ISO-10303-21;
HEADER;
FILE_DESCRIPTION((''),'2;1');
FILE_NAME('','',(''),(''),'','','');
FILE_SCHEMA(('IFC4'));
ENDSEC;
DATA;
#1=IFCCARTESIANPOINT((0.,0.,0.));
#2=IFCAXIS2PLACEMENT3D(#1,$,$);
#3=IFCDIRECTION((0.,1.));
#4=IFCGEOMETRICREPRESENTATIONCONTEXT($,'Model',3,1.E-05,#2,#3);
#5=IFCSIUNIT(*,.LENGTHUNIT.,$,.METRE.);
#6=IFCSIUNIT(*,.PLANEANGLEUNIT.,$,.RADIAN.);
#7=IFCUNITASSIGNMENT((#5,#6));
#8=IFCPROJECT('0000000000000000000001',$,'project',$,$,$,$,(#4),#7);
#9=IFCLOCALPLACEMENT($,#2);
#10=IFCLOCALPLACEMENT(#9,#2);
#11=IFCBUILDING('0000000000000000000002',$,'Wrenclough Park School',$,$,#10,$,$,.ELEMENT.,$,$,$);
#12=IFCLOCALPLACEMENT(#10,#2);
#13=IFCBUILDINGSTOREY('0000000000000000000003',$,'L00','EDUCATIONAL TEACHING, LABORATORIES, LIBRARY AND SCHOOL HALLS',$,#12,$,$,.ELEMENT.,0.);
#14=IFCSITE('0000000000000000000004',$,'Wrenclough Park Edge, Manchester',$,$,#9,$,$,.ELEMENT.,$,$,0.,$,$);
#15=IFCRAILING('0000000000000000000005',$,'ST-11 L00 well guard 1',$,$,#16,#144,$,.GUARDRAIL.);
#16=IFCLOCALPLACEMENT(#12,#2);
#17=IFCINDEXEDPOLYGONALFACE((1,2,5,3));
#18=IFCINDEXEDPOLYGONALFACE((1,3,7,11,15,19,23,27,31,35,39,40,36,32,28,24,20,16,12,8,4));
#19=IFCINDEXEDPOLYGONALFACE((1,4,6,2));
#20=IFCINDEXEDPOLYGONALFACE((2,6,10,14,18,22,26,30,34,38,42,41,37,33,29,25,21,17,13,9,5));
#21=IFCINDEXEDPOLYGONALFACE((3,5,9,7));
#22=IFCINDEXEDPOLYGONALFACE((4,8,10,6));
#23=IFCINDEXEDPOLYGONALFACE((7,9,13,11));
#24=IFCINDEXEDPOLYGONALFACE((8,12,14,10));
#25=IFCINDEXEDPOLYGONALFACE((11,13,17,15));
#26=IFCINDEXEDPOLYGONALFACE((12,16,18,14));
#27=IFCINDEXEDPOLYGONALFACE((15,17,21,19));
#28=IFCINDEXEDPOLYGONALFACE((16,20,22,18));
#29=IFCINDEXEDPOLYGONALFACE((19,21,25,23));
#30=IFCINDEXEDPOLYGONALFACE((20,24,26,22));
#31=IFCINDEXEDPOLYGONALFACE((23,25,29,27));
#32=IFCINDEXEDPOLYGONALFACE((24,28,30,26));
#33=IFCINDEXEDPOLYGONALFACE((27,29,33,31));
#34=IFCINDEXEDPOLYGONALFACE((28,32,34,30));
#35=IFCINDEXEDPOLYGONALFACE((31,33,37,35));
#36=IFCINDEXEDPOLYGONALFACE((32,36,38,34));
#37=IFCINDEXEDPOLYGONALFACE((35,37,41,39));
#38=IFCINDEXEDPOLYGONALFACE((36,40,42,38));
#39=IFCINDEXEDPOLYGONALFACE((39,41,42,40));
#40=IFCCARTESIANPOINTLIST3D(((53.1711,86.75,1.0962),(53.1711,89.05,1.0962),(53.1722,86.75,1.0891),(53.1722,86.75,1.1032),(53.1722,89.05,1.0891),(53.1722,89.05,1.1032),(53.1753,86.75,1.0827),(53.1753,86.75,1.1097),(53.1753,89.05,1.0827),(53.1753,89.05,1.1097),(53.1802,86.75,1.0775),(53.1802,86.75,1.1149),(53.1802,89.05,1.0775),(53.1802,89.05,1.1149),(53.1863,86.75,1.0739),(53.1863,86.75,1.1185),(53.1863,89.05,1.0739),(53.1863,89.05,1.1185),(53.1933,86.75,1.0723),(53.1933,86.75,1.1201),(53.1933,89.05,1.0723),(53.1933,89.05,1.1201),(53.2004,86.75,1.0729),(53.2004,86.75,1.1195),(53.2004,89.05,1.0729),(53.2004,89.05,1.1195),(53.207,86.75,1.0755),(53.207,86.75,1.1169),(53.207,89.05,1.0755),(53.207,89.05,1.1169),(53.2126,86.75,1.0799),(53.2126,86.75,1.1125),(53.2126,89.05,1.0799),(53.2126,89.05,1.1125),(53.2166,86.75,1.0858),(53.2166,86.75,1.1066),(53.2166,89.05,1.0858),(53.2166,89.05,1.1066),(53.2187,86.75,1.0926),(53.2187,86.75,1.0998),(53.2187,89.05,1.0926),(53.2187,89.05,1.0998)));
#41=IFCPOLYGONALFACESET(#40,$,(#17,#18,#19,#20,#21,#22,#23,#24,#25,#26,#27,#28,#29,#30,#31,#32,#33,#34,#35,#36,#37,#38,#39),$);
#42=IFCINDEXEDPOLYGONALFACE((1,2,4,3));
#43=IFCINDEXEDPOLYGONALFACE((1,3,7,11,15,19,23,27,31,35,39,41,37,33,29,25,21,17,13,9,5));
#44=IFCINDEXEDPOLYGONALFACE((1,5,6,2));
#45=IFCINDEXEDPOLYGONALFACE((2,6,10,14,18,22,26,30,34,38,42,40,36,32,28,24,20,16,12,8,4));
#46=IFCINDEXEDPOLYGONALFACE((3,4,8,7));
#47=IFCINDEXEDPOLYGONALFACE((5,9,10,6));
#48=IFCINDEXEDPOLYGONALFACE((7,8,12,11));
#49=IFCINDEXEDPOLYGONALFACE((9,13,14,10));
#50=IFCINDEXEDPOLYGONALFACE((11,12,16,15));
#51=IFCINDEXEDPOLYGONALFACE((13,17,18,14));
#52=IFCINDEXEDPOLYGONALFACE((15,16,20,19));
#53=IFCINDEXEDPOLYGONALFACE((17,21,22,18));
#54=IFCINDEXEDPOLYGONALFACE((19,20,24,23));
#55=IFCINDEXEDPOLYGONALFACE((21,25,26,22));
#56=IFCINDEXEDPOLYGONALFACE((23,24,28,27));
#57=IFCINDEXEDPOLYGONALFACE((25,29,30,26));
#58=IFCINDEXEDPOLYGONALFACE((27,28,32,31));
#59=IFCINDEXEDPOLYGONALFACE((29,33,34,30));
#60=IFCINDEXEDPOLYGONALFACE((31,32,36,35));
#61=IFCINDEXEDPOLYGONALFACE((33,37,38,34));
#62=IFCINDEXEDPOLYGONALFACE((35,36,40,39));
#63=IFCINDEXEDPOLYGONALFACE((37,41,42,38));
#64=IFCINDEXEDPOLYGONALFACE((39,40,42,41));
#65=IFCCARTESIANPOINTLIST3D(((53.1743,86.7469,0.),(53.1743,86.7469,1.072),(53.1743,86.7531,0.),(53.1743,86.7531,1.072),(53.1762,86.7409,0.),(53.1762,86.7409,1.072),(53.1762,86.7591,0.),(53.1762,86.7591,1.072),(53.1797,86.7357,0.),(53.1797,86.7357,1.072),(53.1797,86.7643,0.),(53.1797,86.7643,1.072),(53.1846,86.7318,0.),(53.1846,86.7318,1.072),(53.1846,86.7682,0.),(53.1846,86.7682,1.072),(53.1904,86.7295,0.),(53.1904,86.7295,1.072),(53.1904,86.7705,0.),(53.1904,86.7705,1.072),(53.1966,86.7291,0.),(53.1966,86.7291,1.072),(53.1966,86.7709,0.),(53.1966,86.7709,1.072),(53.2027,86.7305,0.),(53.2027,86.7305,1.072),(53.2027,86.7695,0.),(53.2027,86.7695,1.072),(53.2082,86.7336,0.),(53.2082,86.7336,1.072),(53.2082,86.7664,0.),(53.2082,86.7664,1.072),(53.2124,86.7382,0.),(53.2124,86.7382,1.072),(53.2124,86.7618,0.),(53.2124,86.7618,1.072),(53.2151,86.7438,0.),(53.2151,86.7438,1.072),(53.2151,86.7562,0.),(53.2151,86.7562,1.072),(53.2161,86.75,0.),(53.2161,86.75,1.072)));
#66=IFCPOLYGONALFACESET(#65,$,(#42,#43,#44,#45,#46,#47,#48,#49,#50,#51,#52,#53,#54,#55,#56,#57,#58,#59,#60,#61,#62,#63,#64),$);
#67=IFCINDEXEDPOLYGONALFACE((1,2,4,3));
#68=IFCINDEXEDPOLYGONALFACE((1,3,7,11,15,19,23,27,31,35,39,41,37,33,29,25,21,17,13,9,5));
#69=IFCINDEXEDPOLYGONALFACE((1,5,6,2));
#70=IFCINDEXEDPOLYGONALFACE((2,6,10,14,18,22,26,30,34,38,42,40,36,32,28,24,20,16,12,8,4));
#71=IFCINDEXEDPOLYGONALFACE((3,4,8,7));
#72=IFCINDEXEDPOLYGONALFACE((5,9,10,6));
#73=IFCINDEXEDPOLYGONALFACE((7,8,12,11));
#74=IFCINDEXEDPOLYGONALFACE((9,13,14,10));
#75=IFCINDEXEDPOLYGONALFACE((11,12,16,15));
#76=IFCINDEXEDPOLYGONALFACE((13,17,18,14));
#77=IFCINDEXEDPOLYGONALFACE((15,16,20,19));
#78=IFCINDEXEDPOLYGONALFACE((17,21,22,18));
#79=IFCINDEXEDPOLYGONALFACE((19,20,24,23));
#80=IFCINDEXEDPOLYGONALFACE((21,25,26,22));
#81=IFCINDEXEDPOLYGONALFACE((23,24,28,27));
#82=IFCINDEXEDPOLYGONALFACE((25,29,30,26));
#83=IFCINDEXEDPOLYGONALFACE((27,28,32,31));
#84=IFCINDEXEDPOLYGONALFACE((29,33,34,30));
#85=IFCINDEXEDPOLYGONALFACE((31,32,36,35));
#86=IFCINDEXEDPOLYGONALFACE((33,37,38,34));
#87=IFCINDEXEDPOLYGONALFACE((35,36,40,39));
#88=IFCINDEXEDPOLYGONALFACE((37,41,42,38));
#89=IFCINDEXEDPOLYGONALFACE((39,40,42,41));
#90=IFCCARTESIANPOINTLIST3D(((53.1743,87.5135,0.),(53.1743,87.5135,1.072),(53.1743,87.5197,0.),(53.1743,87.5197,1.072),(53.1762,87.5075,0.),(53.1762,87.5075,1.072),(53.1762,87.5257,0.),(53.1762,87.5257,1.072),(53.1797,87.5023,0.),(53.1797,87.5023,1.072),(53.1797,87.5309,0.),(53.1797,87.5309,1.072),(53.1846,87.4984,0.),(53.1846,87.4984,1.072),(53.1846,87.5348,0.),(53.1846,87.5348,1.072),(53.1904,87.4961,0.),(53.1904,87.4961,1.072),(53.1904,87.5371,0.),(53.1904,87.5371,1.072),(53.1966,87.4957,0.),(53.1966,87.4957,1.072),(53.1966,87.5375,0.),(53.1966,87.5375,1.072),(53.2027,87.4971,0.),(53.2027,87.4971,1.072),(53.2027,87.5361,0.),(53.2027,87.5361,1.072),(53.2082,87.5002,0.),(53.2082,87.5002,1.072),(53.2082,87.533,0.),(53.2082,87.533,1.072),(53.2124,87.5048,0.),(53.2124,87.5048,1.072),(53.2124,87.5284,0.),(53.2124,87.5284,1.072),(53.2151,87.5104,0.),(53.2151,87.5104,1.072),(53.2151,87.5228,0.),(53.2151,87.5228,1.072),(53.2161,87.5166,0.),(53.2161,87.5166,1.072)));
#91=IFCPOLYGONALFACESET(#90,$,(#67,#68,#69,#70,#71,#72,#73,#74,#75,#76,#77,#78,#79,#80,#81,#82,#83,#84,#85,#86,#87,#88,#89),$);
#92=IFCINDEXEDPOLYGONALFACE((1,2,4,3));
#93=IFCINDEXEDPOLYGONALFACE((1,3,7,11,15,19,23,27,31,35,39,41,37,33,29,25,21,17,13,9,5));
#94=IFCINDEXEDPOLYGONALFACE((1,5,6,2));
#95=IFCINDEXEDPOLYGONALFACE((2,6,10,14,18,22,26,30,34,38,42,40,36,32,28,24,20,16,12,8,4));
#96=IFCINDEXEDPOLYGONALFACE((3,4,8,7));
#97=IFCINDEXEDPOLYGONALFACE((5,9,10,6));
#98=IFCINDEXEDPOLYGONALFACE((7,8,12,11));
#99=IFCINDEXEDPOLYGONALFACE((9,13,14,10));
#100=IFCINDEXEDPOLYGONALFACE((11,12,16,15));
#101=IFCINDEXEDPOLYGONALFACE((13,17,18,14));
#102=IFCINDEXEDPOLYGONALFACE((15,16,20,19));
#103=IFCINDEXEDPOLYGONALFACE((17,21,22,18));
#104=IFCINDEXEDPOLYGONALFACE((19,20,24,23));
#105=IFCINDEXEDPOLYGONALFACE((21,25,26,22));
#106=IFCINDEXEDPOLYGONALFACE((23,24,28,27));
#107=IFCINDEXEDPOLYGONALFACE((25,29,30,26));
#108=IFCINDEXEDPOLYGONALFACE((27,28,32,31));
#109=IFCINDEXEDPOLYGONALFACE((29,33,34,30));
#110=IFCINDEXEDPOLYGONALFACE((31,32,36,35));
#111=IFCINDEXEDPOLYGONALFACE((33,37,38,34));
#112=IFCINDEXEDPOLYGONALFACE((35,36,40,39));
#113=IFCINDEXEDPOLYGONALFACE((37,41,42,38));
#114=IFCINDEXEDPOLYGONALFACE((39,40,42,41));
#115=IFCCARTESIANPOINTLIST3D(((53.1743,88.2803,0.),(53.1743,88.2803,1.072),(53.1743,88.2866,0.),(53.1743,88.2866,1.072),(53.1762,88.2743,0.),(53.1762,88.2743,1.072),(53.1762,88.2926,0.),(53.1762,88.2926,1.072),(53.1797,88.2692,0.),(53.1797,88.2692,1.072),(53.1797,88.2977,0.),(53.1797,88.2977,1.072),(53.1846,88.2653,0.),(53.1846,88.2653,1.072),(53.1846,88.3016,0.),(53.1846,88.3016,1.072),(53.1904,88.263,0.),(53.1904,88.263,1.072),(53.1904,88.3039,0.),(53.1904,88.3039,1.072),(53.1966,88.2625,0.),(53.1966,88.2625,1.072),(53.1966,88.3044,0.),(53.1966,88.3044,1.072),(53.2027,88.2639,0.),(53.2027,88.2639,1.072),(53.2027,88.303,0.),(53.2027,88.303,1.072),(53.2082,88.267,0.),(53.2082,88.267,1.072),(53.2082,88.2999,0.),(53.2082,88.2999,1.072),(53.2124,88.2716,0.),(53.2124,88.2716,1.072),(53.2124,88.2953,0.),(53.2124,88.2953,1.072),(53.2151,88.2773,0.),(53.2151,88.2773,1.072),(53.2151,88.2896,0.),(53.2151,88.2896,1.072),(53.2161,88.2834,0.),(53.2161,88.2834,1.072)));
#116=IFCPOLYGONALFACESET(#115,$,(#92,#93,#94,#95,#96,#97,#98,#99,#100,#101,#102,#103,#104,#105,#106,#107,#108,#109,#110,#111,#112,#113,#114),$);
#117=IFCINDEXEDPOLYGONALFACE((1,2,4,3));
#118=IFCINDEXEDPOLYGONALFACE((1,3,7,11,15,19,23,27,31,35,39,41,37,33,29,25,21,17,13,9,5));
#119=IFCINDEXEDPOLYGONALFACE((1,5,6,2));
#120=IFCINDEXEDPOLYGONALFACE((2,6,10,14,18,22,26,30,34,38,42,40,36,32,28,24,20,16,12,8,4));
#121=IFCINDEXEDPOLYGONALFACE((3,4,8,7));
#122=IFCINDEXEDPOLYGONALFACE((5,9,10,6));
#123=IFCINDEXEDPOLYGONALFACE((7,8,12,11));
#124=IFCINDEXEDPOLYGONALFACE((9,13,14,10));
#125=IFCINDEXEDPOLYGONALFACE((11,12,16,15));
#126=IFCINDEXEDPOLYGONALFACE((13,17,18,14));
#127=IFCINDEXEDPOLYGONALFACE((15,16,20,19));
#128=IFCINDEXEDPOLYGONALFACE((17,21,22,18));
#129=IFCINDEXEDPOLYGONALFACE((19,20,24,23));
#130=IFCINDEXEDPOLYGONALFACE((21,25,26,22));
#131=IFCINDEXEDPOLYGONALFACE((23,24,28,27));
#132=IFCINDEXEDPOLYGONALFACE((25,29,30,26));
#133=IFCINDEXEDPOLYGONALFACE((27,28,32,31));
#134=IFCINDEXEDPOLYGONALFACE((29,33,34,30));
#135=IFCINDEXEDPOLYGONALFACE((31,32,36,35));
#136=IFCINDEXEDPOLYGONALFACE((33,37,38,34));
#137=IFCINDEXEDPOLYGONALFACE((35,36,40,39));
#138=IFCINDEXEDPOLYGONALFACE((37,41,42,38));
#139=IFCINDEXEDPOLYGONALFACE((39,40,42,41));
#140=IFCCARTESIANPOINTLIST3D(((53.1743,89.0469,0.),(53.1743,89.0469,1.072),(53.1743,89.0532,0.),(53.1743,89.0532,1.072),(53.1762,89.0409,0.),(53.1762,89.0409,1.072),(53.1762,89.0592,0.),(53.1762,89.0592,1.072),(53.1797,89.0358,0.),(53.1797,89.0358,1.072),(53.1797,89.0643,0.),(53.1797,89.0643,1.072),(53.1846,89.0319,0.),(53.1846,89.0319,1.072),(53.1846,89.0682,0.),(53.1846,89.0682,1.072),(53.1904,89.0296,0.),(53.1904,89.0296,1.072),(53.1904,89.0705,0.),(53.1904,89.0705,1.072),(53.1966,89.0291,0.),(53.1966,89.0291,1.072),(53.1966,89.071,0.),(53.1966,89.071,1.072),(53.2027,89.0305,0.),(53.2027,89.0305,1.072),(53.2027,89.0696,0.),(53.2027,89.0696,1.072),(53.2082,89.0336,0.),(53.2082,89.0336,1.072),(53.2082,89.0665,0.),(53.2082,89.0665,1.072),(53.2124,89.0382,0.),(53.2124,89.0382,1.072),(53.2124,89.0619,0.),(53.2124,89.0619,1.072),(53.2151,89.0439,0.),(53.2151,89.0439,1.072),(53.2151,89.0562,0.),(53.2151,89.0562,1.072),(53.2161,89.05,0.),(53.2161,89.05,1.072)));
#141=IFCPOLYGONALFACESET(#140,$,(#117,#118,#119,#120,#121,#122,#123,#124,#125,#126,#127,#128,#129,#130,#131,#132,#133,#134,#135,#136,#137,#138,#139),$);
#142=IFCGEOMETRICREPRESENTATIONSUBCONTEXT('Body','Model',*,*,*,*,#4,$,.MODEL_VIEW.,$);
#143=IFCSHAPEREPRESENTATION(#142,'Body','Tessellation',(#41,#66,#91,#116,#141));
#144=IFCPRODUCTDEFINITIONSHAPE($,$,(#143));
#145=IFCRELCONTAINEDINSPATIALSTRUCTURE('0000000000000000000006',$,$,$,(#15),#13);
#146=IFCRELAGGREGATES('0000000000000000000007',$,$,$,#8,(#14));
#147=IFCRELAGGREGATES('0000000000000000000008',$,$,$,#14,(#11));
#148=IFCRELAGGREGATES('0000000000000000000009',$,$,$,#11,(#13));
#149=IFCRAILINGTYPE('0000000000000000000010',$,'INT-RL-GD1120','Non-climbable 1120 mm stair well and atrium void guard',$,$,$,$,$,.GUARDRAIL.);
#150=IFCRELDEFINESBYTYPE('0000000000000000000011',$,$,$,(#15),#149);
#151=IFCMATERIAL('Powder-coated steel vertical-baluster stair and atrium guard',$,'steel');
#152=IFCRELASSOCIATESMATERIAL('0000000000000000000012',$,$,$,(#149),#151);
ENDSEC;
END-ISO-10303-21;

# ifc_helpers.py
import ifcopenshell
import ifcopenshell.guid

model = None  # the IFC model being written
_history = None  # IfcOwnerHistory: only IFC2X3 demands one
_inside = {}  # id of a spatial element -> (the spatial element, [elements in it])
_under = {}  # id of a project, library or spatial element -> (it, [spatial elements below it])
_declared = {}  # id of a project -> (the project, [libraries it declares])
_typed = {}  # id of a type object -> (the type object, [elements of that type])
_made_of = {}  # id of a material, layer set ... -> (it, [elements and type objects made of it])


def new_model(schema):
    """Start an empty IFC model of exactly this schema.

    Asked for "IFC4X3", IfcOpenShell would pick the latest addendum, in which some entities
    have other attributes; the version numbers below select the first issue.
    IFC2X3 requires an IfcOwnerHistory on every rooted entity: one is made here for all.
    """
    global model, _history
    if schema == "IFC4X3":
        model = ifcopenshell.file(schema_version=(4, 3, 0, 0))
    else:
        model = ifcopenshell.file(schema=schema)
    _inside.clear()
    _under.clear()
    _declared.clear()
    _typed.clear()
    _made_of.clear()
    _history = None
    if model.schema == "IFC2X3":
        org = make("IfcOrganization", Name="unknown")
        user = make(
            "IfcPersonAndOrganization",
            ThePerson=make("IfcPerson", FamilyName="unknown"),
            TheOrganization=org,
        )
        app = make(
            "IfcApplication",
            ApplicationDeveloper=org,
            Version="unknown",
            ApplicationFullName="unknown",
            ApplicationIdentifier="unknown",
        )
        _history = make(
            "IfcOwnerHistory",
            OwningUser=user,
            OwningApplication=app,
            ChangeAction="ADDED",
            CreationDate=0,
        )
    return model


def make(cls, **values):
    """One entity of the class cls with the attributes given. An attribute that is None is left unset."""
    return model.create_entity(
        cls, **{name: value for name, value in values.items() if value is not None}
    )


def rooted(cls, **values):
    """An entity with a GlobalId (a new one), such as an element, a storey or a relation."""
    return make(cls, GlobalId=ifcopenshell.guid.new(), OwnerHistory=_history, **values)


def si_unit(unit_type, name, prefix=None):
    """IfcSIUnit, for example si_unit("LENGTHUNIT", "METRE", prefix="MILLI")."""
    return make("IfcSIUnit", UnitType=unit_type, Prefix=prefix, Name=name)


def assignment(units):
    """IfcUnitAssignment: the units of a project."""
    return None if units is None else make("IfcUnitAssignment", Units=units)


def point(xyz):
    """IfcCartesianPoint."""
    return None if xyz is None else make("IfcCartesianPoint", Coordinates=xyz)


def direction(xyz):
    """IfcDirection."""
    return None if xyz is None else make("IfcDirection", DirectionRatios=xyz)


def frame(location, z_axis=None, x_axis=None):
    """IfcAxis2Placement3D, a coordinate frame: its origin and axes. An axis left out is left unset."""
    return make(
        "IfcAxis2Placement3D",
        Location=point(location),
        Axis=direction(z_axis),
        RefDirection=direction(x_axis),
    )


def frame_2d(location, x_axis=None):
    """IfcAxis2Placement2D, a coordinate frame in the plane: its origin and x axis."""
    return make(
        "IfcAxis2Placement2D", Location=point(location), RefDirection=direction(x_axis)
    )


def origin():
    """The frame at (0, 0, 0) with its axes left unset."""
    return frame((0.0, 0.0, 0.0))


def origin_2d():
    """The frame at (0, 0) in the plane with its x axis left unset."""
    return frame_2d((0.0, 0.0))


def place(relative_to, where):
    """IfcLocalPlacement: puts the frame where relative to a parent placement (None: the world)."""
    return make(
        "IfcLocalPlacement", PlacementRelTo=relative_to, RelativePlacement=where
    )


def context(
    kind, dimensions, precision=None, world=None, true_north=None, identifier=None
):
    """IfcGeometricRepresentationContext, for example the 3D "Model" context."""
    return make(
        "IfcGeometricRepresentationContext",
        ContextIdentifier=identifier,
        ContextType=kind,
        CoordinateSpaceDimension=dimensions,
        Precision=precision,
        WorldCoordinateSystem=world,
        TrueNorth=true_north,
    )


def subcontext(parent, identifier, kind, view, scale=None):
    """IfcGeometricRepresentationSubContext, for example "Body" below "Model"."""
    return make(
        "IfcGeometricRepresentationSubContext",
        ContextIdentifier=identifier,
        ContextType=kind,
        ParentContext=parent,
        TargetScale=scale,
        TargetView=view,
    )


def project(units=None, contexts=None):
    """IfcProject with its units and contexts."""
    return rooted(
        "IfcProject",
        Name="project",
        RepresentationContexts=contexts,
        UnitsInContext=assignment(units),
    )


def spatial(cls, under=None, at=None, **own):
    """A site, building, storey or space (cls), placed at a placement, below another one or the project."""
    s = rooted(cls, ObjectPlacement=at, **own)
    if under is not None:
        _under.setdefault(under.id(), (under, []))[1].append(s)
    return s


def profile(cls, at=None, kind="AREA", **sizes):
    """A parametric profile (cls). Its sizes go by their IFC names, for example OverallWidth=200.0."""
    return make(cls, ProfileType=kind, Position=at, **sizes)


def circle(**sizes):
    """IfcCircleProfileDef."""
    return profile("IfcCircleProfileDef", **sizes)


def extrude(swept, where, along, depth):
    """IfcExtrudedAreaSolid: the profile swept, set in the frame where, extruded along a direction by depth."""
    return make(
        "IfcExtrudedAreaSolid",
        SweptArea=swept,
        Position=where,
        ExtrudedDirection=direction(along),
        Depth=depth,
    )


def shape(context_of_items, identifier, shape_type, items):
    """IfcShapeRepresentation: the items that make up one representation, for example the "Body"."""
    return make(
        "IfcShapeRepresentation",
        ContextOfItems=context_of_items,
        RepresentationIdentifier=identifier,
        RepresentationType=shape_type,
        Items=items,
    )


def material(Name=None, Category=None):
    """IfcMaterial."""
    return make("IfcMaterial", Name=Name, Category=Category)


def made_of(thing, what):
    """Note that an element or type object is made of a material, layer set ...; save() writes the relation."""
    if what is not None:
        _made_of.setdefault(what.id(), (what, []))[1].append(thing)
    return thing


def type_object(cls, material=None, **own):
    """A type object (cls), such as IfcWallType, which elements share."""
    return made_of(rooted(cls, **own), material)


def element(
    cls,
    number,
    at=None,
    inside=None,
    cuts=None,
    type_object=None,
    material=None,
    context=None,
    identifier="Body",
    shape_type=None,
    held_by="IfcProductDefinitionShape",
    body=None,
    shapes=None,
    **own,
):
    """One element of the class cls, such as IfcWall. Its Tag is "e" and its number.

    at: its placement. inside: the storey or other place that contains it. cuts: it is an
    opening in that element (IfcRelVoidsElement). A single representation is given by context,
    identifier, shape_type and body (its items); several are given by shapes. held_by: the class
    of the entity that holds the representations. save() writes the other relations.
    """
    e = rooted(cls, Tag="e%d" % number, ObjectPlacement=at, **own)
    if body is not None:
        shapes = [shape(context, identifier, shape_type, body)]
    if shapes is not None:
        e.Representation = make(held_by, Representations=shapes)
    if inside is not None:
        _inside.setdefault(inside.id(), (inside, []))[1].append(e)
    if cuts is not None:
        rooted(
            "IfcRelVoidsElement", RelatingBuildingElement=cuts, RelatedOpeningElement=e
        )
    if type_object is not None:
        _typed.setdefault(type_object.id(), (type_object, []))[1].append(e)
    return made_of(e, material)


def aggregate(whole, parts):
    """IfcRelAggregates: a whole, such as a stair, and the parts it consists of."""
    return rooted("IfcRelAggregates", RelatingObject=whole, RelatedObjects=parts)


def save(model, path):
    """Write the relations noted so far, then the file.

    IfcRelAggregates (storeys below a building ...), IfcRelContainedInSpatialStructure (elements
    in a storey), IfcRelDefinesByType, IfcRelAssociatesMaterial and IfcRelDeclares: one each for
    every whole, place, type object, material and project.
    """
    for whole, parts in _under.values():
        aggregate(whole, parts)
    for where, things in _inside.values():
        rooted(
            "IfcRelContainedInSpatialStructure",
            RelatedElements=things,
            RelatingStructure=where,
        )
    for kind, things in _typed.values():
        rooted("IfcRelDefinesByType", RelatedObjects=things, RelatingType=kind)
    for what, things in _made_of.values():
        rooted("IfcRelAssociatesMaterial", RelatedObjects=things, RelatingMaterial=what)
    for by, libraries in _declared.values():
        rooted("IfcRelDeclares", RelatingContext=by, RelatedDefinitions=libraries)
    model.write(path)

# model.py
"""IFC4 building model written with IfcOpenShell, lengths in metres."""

from ifc_helpers import new_model, si_unit, direction, frame, origin, origin_2d, place, context, subcontext, project, spatial, circle, extrude, material, type_object, element, save


model = new_model("IFC4")

# Units and contexts
model_context = context("Model", 3, precision=1e-05, world=origin(), true_north=direction((0.0, 1.0)))
body_context = subcontext(model_context, "Body", "Model", "MODEL_VIEW")
ifc_project = project(units=[si_unit("LENGTHUNIT", "METRE"), si_unit("PLANEANGLEUNIT", "RADIAN")], contexts=[model_context])

# Site, building, storey
site_placement = place(None, origin())
site = spatial("IfcSite", under=ifc_project, at=site_placement, Name="Wrenclough Park Edge, Manchester", CompositionType="ELEMENT", RefElevation=0.0)
building_placement = place(site_placement, origin())
building = spatial("IfcBuilding", under=site, at=building_placement, Name="Wrenclough Park School", CompositionType="ELEMENT")
storey_placement = place(building_placement, origin())
storey = spatial("IfcBuildingStorey", under=building, at=storey_placement, Name="L00", Description="EDUCATIONAL TEACHING, LABORATORIES, LIBRARY AND SCHOOL HALLS", CompositionType="ELEMENT", Elevation=0.0)

# Railing
ifc_material_1 = material(Name="Powder-coated steel vertical-baluster stair and atrium guard", Category="steel")
railing_type_1 = type_object("IfcRailingType", Name="INT-RL-GD1120", Description="Non-climbable 1120 mm stair well and atrium void guard", PredefinedType="GUARDRAIL", material=ifc_material_1)
railing_1_placement = place(storey_placement, frame((53.1951, 86.75, 0.0)))
element("IfcRailing", 1, at=railing_1_placement, inside=storey, type_object=railing_type_1, Name="ST-11 L00 well guard 1", PredefinedType="GUARDRAIL", context=body_context, shape_type="SweptSolid", body=[
    extrude(circle(Radius=0.0239, at=origin_2d()), frame((0.0, 0.0, 1.0962), z_axis=(0.0, 1.0, 0.0), x_axis=(-1.0, 0.0, 0.0)), (0.0, 0.0, 1.0), 2.3),
    extrude(circle(Radius=0.021, at=origin_2d()), origin(), (0.0, 0.0, 1.0), 1.072),
    extrude(circle(Radius=0.021, at=origin_2d()), frame((0.0, 0.7666, 0.0)), (0.0, 0.0, 1.0), 1.072),
    extrude(circle(Radius=0.021, at=origin_2d()), frame((0.0, 1.5334, 0.0)), (0.0, 0.0, 1.0), 1.072),
    extrude(circle(Radius=0.021, at=origin_2d()), frame((0.0, 2.3, 0.0)), (0.0, 0.0, 1.0), 1.072),
])

save(model, "model.ifc")
